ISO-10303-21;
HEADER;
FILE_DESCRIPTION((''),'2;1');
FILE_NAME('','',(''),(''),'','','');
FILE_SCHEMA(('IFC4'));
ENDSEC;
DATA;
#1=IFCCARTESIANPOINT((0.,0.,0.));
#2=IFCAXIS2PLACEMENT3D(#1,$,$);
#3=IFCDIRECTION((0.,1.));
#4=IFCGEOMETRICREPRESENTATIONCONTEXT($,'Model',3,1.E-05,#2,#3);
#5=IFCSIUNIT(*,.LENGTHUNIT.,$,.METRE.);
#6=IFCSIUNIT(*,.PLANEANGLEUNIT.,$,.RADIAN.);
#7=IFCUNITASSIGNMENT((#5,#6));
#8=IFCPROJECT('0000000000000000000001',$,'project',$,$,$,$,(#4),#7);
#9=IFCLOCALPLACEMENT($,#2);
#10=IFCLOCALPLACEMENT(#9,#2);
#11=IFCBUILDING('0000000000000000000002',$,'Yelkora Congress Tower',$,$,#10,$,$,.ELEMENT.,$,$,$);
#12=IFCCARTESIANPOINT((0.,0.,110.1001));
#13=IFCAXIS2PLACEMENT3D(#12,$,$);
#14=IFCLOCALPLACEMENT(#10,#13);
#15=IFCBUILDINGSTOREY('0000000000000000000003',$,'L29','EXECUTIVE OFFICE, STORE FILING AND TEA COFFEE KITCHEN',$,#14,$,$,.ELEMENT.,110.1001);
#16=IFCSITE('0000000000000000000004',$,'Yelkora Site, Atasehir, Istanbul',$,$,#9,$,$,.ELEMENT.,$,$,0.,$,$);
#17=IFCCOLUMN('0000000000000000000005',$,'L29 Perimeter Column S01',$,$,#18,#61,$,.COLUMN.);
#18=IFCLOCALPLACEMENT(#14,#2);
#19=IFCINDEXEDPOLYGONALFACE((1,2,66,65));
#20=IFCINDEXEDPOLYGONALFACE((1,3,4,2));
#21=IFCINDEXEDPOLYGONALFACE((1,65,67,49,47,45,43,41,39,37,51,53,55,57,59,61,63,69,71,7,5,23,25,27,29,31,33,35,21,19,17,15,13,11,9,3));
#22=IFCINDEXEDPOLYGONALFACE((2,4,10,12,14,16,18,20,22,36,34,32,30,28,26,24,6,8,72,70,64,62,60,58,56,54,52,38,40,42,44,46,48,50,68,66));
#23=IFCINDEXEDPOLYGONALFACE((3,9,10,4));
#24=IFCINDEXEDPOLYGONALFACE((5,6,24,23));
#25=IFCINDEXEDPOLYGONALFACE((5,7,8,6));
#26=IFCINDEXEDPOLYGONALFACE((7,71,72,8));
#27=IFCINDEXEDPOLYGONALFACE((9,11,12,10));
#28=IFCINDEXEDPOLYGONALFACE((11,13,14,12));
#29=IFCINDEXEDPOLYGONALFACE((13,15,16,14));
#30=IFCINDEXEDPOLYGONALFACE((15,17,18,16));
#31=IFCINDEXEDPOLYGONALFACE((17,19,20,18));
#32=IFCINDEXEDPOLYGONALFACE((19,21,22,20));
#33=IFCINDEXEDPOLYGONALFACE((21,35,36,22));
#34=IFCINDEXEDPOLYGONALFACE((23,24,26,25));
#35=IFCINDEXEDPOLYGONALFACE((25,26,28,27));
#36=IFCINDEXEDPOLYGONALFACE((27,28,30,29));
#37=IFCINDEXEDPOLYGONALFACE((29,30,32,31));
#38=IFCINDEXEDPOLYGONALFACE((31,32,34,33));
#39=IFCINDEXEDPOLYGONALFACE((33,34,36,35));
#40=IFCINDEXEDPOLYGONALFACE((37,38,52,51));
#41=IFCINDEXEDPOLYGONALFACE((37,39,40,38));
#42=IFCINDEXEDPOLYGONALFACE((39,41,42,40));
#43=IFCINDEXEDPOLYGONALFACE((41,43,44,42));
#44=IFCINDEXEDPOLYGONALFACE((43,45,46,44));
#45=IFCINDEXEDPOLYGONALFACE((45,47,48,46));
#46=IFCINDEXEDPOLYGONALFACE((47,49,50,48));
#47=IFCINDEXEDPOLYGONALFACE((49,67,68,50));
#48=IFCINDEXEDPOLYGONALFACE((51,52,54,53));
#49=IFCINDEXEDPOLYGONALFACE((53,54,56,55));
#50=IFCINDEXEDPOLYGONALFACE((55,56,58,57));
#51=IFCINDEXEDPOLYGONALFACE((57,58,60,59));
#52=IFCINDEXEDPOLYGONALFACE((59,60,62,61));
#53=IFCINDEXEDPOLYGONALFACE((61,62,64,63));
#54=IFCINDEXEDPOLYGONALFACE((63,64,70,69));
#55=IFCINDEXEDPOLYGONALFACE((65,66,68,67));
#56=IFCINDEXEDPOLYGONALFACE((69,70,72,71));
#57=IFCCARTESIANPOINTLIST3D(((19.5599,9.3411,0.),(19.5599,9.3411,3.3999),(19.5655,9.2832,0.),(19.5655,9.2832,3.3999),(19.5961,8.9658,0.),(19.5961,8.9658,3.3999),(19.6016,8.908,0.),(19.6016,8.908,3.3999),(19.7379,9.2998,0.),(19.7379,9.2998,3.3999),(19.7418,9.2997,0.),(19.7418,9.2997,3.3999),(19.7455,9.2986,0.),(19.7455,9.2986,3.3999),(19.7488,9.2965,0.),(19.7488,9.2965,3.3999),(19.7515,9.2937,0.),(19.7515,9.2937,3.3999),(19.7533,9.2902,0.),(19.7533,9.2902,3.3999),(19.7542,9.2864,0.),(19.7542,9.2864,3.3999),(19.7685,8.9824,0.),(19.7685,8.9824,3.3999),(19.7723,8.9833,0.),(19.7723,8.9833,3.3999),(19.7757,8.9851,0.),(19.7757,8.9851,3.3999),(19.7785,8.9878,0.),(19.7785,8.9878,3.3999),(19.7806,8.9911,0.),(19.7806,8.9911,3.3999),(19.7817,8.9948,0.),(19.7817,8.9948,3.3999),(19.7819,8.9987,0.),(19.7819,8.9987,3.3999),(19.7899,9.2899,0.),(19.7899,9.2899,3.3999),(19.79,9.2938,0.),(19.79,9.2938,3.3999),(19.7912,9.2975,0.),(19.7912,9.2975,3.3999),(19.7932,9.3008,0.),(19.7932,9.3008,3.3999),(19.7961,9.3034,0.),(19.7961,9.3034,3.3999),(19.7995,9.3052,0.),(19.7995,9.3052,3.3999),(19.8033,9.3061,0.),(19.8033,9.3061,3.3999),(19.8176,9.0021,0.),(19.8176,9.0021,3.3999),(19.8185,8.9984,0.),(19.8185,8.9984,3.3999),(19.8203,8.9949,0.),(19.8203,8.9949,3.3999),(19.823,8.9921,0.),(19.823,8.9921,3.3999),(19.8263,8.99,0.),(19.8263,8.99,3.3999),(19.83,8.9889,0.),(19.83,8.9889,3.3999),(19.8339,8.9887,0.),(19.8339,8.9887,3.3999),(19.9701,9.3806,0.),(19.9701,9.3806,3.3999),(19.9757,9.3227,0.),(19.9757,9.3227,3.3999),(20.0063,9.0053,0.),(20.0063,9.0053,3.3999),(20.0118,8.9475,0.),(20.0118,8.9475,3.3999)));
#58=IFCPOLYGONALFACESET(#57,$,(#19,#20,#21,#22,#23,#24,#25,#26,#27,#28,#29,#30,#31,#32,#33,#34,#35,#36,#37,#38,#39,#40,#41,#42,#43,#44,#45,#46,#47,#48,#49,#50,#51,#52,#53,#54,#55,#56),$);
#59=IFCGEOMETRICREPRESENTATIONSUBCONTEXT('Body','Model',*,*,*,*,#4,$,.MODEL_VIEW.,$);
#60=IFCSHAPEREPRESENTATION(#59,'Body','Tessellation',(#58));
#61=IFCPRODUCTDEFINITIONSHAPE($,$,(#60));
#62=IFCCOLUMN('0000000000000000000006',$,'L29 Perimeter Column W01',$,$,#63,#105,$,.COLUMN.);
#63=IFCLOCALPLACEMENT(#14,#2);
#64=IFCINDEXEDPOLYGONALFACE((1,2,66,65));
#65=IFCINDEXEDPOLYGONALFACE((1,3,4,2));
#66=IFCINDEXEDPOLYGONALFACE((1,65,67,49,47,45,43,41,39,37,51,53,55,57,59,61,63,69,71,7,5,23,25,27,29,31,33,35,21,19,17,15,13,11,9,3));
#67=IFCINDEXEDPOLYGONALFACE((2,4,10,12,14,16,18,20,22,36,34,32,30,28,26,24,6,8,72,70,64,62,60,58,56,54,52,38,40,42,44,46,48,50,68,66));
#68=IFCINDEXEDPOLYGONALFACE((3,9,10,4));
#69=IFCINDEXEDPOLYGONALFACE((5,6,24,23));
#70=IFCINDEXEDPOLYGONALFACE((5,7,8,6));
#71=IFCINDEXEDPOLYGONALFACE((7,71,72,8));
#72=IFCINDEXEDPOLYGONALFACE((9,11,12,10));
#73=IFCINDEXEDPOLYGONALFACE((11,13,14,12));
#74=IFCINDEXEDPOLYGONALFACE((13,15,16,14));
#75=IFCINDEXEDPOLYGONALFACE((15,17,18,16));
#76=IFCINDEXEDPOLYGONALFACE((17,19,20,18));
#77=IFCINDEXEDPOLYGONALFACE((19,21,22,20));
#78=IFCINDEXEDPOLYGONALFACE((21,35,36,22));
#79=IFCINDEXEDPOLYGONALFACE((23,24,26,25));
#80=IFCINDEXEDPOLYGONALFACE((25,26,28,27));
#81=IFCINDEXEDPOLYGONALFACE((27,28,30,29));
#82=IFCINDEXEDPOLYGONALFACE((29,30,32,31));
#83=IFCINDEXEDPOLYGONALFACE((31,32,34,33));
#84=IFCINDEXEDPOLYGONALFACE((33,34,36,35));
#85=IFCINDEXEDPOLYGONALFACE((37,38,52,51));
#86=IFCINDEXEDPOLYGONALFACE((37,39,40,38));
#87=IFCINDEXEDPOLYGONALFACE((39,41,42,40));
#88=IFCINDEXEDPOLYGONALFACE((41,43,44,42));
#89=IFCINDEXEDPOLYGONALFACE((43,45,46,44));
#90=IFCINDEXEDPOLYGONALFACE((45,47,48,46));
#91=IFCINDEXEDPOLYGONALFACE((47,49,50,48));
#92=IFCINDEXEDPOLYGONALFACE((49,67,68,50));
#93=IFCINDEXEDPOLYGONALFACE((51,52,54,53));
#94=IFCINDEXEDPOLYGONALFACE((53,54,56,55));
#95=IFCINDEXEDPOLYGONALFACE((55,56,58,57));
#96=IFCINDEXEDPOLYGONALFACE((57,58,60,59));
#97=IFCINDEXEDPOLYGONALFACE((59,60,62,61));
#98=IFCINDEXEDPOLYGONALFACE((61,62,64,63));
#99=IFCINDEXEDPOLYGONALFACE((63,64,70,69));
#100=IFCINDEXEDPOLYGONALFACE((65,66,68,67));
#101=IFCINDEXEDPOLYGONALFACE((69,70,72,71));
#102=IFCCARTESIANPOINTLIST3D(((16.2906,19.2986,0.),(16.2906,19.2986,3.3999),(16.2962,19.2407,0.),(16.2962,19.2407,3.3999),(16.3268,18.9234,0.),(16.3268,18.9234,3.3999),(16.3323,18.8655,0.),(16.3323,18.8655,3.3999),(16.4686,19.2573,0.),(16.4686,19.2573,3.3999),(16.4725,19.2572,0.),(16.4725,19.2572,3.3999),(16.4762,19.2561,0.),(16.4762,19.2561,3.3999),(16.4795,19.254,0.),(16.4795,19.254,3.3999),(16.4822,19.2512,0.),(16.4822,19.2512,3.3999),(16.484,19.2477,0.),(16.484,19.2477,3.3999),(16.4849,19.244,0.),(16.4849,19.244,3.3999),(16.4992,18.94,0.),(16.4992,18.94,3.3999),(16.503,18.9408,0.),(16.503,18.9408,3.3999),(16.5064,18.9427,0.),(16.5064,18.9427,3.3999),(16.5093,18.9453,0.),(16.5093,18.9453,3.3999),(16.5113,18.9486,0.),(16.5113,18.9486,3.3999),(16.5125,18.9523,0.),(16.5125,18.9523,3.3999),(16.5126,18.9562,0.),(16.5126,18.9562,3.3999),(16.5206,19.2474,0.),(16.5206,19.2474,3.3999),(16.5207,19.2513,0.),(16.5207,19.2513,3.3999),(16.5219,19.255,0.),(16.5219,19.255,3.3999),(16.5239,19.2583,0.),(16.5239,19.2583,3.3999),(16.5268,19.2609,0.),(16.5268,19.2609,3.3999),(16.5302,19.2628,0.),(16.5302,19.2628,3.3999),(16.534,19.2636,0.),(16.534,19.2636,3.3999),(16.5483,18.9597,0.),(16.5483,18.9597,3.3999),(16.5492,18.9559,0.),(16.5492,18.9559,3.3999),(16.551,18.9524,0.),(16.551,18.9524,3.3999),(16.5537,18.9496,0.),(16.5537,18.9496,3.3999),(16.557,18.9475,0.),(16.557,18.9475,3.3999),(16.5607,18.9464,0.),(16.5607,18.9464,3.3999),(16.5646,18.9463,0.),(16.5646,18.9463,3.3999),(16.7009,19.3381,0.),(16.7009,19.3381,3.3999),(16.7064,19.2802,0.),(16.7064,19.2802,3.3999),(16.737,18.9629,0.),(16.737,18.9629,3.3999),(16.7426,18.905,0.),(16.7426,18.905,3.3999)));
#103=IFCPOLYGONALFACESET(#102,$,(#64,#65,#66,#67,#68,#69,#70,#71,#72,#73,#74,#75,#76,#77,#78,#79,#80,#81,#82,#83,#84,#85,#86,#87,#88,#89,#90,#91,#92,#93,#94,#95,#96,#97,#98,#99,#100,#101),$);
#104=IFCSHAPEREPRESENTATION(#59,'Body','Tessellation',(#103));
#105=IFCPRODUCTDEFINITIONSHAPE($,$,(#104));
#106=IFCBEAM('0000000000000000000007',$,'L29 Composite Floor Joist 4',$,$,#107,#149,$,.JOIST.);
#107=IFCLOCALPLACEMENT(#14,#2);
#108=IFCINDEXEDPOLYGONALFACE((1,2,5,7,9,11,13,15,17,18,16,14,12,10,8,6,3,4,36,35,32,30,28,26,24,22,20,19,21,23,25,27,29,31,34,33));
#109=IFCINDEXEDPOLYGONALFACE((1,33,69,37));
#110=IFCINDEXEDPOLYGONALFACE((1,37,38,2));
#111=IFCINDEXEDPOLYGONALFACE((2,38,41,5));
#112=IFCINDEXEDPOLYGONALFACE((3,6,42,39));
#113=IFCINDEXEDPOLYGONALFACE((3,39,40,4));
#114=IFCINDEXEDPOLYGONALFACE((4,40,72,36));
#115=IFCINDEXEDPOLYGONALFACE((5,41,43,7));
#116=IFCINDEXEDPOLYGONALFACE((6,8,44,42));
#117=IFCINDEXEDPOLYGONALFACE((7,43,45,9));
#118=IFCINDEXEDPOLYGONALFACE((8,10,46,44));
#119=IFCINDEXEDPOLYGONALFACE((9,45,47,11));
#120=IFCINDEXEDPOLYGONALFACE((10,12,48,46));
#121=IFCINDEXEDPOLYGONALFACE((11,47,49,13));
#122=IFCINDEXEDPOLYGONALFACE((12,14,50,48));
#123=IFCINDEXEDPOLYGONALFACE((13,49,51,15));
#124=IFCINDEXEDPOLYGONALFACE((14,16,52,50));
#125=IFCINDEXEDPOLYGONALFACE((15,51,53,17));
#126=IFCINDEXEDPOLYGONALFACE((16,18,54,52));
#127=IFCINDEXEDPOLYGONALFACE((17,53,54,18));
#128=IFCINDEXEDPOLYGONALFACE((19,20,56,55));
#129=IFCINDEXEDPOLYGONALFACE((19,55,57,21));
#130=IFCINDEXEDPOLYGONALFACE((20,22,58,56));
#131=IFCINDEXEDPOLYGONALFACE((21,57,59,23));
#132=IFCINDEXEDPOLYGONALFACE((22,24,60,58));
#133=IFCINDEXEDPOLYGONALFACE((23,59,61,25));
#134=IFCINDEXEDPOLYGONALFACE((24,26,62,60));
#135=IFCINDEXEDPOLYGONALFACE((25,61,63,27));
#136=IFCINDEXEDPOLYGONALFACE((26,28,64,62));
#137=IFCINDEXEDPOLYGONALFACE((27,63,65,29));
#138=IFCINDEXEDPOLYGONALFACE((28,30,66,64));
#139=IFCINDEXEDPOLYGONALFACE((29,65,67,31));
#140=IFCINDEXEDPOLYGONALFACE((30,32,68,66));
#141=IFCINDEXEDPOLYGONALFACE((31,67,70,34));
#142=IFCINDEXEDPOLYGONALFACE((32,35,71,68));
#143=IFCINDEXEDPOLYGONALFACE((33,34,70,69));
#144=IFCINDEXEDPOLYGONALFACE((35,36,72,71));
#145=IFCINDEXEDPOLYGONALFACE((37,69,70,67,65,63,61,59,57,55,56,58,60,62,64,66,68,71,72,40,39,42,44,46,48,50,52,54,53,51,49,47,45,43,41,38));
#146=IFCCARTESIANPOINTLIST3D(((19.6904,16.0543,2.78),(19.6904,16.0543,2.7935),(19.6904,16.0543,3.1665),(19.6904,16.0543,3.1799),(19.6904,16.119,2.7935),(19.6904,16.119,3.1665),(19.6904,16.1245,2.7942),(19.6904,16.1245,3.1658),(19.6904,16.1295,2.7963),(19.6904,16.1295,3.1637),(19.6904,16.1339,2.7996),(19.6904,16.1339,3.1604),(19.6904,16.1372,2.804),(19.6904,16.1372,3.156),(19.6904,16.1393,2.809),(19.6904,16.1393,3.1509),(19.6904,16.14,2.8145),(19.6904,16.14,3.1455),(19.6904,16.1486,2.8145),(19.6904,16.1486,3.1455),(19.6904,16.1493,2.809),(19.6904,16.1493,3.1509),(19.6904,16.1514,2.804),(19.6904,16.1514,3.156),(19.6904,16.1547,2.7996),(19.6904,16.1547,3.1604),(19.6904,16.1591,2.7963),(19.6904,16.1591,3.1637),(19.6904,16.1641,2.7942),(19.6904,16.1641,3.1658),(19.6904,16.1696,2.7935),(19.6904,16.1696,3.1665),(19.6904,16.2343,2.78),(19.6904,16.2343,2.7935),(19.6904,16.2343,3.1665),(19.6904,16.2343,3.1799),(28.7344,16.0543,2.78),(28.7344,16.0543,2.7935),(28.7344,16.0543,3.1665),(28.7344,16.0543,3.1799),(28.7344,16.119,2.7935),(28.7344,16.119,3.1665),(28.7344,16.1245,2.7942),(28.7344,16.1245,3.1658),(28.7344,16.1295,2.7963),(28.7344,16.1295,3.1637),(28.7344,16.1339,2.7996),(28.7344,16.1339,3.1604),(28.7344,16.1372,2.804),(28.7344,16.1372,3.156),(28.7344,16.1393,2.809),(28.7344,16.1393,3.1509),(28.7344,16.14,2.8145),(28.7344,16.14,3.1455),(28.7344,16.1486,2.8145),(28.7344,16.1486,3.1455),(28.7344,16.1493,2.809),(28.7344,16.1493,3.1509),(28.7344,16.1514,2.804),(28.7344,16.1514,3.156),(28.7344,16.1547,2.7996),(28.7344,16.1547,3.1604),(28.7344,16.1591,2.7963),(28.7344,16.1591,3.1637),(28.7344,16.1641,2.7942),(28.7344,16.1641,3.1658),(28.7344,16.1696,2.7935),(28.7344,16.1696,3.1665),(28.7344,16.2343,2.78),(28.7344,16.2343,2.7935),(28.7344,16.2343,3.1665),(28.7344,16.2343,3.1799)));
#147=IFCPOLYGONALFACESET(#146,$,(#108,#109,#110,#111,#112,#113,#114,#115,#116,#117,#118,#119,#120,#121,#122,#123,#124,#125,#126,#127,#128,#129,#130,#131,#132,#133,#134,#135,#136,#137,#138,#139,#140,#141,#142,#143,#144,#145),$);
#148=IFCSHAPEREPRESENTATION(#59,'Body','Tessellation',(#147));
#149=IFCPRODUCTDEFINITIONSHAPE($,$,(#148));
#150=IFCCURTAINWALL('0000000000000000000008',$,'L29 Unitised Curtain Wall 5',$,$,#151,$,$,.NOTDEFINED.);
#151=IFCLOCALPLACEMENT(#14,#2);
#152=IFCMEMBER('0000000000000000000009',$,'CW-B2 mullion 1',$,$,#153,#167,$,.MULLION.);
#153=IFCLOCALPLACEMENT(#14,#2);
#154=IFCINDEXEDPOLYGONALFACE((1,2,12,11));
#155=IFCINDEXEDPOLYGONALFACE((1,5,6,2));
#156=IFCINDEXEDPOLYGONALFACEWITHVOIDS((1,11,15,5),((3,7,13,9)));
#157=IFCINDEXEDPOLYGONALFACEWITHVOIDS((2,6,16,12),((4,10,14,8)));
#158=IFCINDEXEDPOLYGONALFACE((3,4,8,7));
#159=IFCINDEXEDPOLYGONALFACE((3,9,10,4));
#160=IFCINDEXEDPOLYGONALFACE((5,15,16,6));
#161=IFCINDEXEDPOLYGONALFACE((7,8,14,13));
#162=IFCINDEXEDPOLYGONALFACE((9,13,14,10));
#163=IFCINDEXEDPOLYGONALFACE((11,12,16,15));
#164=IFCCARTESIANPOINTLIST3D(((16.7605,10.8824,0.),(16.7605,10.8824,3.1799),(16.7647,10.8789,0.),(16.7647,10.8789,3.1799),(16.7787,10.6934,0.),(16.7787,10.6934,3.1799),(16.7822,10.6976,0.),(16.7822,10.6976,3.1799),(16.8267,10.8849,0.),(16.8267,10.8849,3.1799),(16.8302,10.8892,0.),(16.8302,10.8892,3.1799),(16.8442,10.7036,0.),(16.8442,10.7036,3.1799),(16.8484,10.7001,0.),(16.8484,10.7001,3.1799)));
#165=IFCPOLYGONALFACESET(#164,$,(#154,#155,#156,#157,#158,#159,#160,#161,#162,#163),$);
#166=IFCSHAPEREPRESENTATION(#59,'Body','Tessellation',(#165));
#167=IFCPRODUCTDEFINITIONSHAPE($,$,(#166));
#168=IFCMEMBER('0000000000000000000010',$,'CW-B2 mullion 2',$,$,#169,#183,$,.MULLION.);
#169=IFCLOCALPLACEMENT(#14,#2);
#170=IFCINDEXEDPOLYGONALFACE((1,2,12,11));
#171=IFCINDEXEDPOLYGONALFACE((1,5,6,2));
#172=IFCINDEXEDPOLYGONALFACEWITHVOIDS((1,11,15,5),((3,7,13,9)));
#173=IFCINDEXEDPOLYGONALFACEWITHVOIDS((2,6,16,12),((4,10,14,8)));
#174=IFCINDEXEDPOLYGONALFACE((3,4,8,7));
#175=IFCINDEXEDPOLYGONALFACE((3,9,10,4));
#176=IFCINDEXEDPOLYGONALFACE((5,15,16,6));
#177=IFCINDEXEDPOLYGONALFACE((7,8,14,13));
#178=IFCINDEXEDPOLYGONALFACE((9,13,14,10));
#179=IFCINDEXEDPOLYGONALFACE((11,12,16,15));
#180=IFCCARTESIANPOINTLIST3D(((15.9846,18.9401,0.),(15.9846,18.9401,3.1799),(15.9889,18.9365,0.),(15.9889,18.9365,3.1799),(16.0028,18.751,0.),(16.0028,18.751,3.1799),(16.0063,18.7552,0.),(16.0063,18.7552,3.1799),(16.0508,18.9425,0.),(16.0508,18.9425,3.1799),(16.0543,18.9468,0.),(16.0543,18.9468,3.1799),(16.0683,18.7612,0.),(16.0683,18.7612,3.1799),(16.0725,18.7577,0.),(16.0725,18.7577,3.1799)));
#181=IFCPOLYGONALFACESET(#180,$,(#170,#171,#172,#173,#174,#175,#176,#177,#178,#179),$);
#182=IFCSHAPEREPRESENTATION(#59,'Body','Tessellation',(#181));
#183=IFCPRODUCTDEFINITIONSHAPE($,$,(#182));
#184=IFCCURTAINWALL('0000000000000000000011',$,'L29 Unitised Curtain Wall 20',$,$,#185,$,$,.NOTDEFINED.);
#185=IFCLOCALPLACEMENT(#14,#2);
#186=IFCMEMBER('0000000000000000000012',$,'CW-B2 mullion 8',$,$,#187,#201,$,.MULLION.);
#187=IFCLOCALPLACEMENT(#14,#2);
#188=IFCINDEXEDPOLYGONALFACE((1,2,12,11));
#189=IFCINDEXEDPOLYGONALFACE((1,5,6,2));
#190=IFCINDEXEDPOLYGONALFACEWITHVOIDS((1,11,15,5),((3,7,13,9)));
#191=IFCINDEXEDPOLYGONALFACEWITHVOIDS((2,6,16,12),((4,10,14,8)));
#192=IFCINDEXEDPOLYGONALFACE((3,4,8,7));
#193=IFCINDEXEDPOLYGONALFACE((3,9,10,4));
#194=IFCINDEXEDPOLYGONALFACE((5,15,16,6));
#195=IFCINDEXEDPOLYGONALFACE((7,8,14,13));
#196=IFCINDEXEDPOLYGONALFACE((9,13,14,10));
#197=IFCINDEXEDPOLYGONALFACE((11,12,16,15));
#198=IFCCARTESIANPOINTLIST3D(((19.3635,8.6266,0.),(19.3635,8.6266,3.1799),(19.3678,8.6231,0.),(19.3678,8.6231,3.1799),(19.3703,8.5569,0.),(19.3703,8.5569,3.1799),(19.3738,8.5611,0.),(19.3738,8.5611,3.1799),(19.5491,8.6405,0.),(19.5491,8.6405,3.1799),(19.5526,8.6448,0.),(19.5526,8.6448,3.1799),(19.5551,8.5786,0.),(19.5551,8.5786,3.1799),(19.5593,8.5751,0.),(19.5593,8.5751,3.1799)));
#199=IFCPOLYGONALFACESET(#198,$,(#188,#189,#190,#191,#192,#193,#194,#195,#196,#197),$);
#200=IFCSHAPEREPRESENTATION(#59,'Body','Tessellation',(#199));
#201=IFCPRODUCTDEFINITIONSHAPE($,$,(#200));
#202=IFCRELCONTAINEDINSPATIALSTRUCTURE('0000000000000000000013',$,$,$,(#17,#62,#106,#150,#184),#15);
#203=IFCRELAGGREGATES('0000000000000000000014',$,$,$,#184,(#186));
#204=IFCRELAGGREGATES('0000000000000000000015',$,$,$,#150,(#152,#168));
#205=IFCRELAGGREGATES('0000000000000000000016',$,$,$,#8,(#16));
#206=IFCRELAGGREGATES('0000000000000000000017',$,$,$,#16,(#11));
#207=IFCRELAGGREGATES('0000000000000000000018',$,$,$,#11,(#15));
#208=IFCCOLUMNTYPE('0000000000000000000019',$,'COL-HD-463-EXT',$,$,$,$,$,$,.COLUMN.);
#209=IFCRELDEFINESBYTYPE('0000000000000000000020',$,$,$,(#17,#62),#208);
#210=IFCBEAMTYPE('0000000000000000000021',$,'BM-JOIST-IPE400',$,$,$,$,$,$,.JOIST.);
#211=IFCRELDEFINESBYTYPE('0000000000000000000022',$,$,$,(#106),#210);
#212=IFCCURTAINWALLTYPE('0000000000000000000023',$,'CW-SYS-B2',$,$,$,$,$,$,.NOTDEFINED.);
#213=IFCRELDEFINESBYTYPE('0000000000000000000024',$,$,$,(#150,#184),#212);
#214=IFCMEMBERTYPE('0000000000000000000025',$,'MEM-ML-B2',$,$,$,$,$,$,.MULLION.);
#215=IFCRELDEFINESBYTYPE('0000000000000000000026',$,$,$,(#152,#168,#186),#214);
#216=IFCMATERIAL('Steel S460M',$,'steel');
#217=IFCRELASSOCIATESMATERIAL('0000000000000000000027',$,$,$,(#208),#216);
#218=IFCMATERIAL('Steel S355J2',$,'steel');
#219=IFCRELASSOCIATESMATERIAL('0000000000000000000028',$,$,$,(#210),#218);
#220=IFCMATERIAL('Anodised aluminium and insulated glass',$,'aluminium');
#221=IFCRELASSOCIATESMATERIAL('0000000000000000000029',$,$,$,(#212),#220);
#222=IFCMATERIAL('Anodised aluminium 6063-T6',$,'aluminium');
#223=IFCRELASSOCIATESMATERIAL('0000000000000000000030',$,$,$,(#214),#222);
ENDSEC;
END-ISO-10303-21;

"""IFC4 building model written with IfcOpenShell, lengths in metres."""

from ifc_helpers import new_model, si_unit, direction, frame, origin, origin_2d, place, context, subcontext, project, spatial, hollow_rectangle, i_section, extrude, material, material_profile, profile_set, type_object, element, aggregate, save


model = new_model("IFC4")

# Units and contexts
model_context = context("Model", 3, precision=1e-05, world=origin(), true_north=direction((0.0, 1.0)))
body_context = subcontext(model_context, "Body", "Model", "MODEL_VIEW")
ifc_project = project(units=[si_unit("LENGTHUNIT", "METRE"), si_unit("PLANEANGLEUNIT", "RADIAN")], contexts=[model_context])

# Site, building, storey
site_placement = place(None, origin())
site = spatial("IfcSite", under=ifc_project, at=site_placement, Name="Yelkora Site, Atasehir, Istanbul", CompositionType="ELEMENT", RefElevation=0.0)
building_placement = place(site_placement, origin())
building = spatial("IfcBuilding", under=site, at=building_placement, Name="Yelkora Congress Tower", CompositionType="ELEMENT")
storey_placement = place(building_placement, frame((0.0, 0.0, 110.1001)))
storey = spatial("IfcBuildingStorey", under=building, at=storey_placement, Name="L29", Description="EXECUTIVE OFFICE, STORE FILING AND TEA COFFEE KITCHEN", CompositionType="ELEMENT", Elevation=110.1001)

# Columns
ifc_material_1 = material(Name="Steel S460M", Category="steel")
ifc_material_profile_1 = material_profile(ifc_material_1, i_section(OverallWidth=0.4121, OverallDepth=0.4351, WebThickness=0.0359, FlangeThickness=0.0581, FilletRadius=0.0149, at=origin_2d()), Name="HD 400x463")
ifc_profile_set_1 = profile_set([ifc_material_profile_1], Name="Steel S460M")
column_type = type_object("IfcColumnType", Name="COL-HD-463-EXT", PredefinedType="COLUMN", material=ifc_profile_set_1)
for number, where, z_axis, x_axis, name in (
    (1, (19.7859, 9.1443, 0.0), (0.0, 0.0, 1.0), (0.995396, 0.095846, 0.0), "L29 Perimeter Column S01"),
    (2, (16.5166, 19.1018, 0.0), (0.0, 0.0, 1.0), (0.995396, 0.095846, 0.0), "L29 Perimeter Column W01"),
):
    element("IfcColumn", number, at=place(storey_placement, frame(where, z_axis=z_axis, x_axis=x_axis)), inside=storey, type_object=column_type, Name=name, PredefinedType="COLUMN", context=body_context, shape_type="SweptSolid", body=[
        extrude(i_section(OverallWidth=0.4121, OverallDepth=0.4351, WebThickness=0.0359, FlangeThickness=0.0581, FilletRadius=0.0149, at=origin_2d()), origin(), (0.0, 0.0, 1.0), 3.3999),
    ])

# Beam
ifc_material_2 = material(Name="Steel S355J2", Category="steel")
ifc_material_profile_2 = material_profile(ifc_material_2, i_section(OverallWidth=0.1799, OverallDepth=0.3999, WebThickness=0.0085, FlangeThickness=0.0134, FilletRadius=0.021, at=origin_2d()), Name="IPE 400")
ifc_profile_set_2 = profile_set([ifc_material_profile_2], Name="Steel S355J2")
beam_type = type_object("IfcBeamType", Name="BM-JOIST-IPE400", PredefinedType="JOIST", material=ifc_profile_set_2)
beam_placement = place(storey_placement, frame((19.6904, 16.1443, 2.98), z_axis=(1.0, 0.0, 0.0), x_axis=(0.0, 1.0, 0.0)))
element("IfcBeam", 3, at=beam_placement, inside=storey, type_object=beam_type, Name="L29 Composite Floor Joist 4", PredefinedType="JOIST", context=body_context, shape_type="SweptSolid", body=[
    extrude(i_section(OverallWidth=0.1799, OverallDepth=0.3999, WebThickness=0.0085, FlangeThickness=0.0134, FilletRadius=0.021, at=origin_2d()), origin(), (0.0, 0.0, 1.0), 9.0439),
])

# Curtain wall, members
ifc_material_3 = material(Name="Anodised aluminium and insulated glass", Category="aluminium")
curtain_wall_type = type_object("IfcCurtainWallType", Name="CW-SYS-B2", PredefinedType="NOTDEFINED", material=ifc_material_3)
curtain_wall_1_placement = place(storey_placement, origin())
curtain_wall_1 = element("IfcCurtainWall", 4, at=curtain_wall_1_placement, inside=storey, type_object=curtain_wall_type, Name="L29 Unitised Curtain Wall 5", PredefinedType="NOTDEFINED")
ifc_material_4 = material(Name="Anodised aluminium 6063-T6", Category="aluminium")
ifc_material_profile_3 = material_profile(ifc_material_4, hollow_rectangle(XDim=0.0701, YDim=0.1899, WallThickness=0.0039, at=origin_2d()), Name="ALU 70x190x4")
ifc_profile_set_3 = profile_set([ifc_material_profile_3], Name="Anodised aluminium 6063-T6")
member_type_1 = type_object("IfcMemberType", Name="MEM-ML-B2", PredefinedType="MULLION", material=ifc_profile_set_3)
member_1_placement = place(storey_placement, frame((16.8044, 10.7913, 0.0), z_axis=(0.0, 0.0, 1.0), x_axis=(-0.995397, -0.095843, 0.0)))
member_1 = element("IfcMember", 5, at=member_1_placement, type_object=member_type_1, Name="CW-B2 mullion 1", PredefinedType="MULLION", context=body_context, shape_type="SweptSolid", body=[
    extrude(hollow_rectangle(XDim=0.0701, YDim=0.1899, WallThickness=0.0039, at=origin_2d()), origin(), (0.0, 0.0, 1.0), 3.1799),
])
member_2_placement = place(storey_placement, frame((16.0286, 18.8489, 0.0), z_axis=(0.0, 0.0, 1.0), x_axis=(-0.995397, -0.095843, 0.0)))
member_2 = element("IfcMember", 6, at=member_2_placement, type_object=member_type_1, Name="CW-B2 mullion 2", PredefinedType="MULLION", context=body_context, shape_type="SweptSolid", body=[
    extrude(hollow_rectangle(XDim=0.0701, YDim=0.1899, WallThickness=0.0039, at=origin_2d()), origin(), (0.0, 0.0, 1.0), 3.1799),
])

# Curtain wall, member
curtain_wall_2_placement = place(storey_placement, origin())
curtain_wall_2 = element("IfcCurtainWall", 7, at=curtain_wall_2_placement, inside=storey, type_object=curtain_wall_type, Name="L29 Unitised Curtain Wall 20", PredefinedType="NOTDEFINED")
member_3_placement = place(storey_placement, frame((19.4614, 8.6008, 0.0), z_axis=(0.0, 0.0, 1.0), x_axis=(0.095844, -0.995396, 0.0)))
member_3 = element("IfcMember", 8, at=member_3_placement, type_object=member_type_1, Name="CW-B2 mullion 8", PredefinedType="MULLION", context=body_context, shape_type="SweptSolid", body=[
    extrude(hollow_rectangle(XDim=0.0701, YDim=0.1899, WallThickness=0.0039, at=origin_2d()), origin(), (0.0, 0.0, 1.0), 3.1799),
])
aggregate(curtain_wall_2, [member_3])

aggregate(curtain_wall_1, [member_1, member_2])

save(model, "model.ifc")
